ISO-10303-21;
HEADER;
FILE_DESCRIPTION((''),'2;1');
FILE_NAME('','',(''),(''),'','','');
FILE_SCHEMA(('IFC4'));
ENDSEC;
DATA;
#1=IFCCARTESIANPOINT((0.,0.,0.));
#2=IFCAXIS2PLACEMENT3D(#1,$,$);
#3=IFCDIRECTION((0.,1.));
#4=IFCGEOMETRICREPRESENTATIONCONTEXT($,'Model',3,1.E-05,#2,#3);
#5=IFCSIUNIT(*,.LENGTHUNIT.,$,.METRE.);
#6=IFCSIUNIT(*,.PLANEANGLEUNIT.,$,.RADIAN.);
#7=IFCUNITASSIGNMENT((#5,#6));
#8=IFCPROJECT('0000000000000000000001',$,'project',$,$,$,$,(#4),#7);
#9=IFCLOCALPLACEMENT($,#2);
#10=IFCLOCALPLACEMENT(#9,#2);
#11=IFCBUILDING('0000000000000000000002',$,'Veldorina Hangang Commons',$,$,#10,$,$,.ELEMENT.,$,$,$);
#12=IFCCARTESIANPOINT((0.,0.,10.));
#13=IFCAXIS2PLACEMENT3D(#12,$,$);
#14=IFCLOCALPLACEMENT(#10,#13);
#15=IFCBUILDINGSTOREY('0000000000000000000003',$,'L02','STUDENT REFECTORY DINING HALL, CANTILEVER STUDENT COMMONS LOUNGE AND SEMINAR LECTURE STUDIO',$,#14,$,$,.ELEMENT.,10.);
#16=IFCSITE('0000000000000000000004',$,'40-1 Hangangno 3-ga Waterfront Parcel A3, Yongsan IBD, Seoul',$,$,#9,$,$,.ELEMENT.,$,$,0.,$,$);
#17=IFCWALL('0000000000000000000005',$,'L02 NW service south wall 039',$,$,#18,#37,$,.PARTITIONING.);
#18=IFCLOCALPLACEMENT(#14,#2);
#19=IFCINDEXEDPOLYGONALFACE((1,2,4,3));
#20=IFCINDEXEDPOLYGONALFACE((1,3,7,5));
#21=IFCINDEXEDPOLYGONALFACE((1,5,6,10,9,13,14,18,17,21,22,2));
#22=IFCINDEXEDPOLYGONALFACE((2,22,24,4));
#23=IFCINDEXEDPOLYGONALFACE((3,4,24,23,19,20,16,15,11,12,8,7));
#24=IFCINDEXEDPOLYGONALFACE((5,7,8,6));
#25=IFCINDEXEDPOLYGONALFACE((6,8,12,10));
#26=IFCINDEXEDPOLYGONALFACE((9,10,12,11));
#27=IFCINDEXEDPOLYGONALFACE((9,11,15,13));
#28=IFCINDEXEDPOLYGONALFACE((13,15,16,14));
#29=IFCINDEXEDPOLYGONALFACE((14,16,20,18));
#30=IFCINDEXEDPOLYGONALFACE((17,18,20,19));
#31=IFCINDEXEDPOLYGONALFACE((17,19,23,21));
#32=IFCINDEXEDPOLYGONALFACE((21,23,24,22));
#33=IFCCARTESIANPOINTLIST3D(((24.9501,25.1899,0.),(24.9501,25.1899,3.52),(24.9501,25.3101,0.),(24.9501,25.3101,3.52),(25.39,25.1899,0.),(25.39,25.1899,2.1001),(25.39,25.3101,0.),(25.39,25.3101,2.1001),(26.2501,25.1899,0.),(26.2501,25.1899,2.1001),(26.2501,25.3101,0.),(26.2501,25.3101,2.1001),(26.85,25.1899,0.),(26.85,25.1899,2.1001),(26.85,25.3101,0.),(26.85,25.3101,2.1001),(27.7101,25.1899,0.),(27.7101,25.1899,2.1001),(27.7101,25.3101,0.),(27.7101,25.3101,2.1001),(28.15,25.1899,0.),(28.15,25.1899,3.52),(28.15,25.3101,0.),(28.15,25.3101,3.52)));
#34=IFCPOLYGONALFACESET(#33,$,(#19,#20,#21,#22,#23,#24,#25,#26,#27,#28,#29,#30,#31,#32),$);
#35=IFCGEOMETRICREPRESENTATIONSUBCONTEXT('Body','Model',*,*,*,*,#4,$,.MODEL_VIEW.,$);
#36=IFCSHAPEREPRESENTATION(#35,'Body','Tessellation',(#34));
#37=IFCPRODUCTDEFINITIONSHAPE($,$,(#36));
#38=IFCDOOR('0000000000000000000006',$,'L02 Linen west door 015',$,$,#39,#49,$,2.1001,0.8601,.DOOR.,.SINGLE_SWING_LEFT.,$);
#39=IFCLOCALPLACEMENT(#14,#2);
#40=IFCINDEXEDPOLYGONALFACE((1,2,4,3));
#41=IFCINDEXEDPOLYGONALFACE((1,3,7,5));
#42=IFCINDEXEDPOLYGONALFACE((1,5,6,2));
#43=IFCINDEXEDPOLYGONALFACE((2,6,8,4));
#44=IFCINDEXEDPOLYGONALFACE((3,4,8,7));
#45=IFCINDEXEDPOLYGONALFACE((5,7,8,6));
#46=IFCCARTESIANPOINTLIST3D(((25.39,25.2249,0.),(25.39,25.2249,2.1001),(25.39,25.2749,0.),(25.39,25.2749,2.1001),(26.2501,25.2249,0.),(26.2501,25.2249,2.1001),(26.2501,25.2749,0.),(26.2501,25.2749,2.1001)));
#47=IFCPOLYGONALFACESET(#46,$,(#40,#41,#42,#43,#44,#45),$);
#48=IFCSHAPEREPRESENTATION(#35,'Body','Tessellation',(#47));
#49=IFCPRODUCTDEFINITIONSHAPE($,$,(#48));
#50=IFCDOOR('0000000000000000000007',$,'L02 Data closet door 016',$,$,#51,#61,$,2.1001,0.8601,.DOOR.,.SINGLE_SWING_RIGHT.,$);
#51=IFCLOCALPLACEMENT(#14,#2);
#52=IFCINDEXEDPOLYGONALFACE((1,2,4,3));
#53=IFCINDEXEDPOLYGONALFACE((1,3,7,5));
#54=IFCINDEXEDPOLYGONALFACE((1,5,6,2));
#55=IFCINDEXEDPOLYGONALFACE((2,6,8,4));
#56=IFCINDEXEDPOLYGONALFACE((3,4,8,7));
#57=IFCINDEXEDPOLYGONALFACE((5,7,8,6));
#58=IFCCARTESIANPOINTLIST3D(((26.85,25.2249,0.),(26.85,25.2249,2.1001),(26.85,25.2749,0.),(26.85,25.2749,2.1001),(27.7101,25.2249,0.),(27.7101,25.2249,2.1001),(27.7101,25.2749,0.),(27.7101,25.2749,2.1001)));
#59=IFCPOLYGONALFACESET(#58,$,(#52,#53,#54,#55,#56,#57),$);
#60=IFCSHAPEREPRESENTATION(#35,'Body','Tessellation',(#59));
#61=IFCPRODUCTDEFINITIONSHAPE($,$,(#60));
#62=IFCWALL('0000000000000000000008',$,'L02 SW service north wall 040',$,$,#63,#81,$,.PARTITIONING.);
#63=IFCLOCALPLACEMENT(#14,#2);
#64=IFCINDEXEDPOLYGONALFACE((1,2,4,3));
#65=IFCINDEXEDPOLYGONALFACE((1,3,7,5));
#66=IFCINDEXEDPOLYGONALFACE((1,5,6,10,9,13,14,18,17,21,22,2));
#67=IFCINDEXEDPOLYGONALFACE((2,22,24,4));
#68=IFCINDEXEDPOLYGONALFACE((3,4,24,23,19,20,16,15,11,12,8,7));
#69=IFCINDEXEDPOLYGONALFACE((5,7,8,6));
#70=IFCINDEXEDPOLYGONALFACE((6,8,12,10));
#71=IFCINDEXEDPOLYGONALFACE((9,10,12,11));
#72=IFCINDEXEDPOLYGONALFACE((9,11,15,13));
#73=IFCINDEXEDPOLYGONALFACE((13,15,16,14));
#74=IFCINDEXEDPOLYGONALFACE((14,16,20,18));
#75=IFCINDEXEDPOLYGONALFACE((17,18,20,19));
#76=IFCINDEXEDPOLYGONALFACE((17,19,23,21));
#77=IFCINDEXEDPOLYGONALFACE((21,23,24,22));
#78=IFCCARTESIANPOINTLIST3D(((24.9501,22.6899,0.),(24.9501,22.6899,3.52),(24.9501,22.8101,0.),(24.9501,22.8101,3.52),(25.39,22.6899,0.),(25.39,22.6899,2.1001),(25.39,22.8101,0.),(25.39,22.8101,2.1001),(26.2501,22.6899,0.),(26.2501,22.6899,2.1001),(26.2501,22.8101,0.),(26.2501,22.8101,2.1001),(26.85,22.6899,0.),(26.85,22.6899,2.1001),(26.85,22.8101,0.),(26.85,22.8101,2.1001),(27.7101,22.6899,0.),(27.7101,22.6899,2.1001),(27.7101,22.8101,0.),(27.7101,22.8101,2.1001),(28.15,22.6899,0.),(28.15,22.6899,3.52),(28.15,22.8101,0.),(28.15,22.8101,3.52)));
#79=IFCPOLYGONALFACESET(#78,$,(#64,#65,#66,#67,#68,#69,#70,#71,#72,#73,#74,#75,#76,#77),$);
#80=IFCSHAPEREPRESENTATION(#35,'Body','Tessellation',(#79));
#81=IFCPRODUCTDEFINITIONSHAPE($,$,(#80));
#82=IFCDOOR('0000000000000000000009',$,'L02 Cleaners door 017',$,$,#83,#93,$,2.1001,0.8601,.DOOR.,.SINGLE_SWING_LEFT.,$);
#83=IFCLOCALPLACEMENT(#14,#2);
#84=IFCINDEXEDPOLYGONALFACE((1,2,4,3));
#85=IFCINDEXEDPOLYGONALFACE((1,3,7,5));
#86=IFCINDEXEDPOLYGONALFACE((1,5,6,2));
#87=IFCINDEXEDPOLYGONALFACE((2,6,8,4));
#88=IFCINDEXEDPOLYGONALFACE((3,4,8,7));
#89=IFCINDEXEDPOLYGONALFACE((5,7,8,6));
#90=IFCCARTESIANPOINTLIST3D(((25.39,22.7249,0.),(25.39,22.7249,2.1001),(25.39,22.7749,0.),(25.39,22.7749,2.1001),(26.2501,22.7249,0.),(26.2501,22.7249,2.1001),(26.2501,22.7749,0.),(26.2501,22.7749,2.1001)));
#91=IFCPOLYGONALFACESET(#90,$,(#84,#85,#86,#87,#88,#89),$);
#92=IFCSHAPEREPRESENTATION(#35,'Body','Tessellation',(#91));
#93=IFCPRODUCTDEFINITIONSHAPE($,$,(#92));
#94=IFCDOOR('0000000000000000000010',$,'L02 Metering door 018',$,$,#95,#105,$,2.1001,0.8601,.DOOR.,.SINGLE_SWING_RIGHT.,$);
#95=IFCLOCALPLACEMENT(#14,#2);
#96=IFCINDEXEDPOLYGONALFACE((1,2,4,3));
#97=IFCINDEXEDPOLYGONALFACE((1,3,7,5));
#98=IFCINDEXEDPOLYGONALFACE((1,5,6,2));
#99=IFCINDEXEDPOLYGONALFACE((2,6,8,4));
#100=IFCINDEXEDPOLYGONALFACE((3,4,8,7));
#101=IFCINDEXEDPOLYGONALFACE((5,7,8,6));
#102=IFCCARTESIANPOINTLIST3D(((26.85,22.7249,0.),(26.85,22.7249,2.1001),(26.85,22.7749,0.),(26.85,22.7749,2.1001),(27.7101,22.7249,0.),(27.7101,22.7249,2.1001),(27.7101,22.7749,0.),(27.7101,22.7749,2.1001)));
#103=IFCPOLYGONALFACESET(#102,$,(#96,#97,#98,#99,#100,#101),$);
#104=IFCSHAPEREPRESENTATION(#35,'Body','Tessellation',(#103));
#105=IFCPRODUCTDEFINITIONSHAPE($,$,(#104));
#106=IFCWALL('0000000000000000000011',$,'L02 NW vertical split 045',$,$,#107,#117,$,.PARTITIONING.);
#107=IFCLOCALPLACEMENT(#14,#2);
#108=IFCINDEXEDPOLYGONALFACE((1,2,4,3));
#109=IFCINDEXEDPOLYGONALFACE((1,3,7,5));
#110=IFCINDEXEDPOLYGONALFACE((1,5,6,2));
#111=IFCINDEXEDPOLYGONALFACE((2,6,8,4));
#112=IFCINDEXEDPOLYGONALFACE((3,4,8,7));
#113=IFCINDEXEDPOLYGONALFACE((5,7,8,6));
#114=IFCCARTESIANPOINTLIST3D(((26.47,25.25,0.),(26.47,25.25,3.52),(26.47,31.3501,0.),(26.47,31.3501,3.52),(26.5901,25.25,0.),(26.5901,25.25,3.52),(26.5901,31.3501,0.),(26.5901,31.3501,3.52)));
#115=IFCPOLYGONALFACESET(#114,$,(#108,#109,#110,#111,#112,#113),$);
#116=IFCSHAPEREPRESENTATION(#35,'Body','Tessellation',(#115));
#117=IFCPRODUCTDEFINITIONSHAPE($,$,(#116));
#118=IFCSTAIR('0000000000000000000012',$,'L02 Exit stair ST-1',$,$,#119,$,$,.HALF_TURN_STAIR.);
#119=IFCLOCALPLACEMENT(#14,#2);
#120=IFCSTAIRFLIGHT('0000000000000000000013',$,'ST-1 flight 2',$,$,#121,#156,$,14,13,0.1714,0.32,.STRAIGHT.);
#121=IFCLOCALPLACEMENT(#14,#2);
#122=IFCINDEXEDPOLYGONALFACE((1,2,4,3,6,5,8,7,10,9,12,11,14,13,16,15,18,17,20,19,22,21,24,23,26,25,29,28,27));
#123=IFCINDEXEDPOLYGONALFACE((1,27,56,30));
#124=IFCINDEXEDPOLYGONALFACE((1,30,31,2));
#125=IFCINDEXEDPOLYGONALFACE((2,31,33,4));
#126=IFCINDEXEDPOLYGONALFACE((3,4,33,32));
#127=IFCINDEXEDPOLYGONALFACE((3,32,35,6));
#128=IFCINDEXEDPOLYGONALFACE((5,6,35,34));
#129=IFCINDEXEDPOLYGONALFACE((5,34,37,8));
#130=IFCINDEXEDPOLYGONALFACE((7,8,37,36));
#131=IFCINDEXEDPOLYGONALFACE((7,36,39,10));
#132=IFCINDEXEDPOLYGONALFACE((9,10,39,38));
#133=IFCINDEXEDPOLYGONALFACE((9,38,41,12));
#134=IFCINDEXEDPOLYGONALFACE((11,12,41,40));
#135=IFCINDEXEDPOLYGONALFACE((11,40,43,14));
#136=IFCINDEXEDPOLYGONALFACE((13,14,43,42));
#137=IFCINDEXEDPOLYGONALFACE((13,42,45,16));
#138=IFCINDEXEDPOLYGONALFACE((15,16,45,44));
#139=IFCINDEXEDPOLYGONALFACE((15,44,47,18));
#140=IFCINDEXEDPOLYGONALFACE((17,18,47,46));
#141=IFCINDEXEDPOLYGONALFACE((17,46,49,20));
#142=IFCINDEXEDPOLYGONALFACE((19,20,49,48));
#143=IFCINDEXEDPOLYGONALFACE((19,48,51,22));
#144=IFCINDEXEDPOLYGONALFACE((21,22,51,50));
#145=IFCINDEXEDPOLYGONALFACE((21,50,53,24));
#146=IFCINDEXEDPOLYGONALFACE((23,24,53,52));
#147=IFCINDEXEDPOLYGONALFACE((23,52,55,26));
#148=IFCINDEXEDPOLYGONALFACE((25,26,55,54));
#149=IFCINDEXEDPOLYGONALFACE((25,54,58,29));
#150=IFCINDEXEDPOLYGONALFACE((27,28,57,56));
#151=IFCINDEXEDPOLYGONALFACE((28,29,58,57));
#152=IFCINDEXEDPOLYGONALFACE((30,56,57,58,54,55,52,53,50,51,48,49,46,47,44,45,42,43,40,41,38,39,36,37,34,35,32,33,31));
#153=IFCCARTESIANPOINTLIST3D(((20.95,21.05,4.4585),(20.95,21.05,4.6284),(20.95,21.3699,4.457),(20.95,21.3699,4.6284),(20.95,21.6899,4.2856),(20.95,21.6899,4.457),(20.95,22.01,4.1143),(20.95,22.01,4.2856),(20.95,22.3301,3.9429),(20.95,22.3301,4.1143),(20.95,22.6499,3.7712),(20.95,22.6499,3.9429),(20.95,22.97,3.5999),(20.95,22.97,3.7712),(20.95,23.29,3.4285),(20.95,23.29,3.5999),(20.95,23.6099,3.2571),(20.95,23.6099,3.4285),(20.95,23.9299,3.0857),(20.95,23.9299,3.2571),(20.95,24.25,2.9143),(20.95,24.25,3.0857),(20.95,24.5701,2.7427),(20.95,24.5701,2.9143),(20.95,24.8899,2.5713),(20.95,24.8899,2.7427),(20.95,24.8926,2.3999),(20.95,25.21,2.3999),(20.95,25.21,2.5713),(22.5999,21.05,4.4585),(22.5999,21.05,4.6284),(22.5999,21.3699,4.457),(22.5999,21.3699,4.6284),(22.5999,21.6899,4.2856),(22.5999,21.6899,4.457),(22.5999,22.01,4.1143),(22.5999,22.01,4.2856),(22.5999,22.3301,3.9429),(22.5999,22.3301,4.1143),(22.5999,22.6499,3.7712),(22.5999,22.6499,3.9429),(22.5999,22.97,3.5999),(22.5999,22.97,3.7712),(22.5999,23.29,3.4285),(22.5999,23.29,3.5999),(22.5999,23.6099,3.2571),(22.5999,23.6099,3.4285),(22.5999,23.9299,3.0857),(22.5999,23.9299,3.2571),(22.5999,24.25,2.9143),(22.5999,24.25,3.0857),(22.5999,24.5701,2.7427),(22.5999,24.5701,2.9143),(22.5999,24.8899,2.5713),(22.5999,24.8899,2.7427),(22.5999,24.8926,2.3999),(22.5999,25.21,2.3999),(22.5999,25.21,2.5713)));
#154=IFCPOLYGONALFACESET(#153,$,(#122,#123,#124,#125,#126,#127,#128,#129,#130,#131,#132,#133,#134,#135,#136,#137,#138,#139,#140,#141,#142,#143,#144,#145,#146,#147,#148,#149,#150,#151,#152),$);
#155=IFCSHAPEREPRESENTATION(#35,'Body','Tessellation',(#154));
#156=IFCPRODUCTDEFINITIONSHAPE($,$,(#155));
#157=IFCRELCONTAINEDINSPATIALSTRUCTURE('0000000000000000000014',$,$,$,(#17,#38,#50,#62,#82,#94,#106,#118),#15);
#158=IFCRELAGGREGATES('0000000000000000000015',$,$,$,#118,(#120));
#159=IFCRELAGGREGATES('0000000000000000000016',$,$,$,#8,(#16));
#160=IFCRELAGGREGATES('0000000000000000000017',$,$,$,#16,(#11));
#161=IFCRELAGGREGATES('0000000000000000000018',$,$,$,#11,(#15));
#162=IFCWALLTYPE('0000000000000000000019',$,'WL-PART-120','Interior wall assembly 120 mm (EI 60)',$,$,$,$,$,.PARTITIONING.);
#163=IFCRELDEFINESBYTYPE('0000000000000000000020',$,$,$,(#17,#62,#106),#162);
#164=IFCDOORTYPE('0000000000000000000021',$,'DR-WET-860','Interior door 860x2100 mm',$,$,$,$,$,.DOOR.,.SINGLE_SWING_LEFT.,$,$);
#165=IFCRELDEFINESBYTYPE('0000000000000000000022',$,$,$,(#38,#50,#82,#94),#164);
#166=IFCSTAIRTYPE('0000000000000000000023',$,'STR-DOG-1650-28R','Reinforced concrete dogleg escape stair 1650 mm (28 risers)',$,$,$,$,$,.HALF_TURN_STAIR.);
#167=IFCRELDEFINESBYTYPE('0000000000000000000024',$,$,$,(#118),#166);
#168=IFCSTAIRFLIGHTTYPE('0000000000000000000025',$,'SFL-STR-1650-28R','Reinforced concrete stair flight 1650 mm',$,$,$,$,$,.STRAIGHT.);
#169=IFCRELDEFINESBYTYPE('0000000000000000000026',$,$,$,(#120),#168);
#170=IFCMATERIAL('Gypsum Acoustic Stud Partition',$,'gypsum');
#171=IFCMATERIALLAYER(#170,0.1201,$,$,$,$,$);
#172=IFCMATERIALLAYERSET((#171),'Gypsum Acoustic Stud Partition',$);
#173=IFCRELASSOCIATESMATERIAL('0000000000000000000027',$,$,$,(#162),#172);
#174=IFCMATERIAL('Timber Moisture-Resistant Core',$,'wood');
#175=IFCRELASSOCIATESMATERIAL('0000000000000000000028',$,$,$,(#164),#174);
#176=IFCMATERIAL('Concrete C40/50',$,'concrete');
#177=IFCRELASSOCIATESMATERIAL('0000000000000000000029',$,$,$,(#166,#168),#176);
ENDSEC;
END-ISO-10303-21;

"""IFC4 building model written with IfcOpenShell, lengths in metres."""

from ifc_helpers import new_model, si_unit, direction, frame, frame_2d, origin, place, context, subcontext, project, spatial, polyline, rectangle, outline, extrude, material, layer, layer_set, type_object, element, fill, aggregate, save


model = new_model("IFC4")

# Units and contexts
model_context = context("Model", 3, precision=1e-05, world=origin(), true_north=direction((0.0, 1.0)))
body_context = subcontext(model_context, "Body", "Model", "MODEL_VIEW")
ifc_project = project(units=[si_unit("LENGTHUNIT", "METRE"), si_unit("PLANEANGLEUNIT", "RADIAN")], contexts=[model_context])

# Site, building, storey
site_placement = place(None, origin())
site = spatial("IfcSite", under=ifc_project, at=site_placement, Name="40-1 Hangangno 3-ga Waterfront Parcel A3, Yongsan IBD, Seoul", CompositionType="ELEMENT", RefElevation=0.0)
building_placement = place(site_placement, origin())
building = spatial("IfcBuilding", under=site, at=building_placement, Name="Veldorina Hangang Commons", CompositionType="ELEMENT")
storey_placement = place(building_placement, frame((0.0, 0.0, 10.0)))
storey = spatial("IfcBuildingStorey", under=building, at=storey_placement, Name="L02", Description="STUDENT REFECTORY DINING HALL, CANTILEVER STUDENT COMMONS LOUNGE AND SEMINAR LECTURE STUDIO", CompositionType="ELEMENT", Elevation=10.0)

# Walls, openings, doors
ifc_material_1 = material(Name="Gypsum Acoustic Stud Partition", Category="gypsum")
ifc_layer_1 = layer(ifc_material_1, 0.1201)
ifc_layer_set_1 = layer_set([ifc_layer_1], Name="Gypsum Acoustic Stud Partition")
wall_type_1 = type_object("IfcWallType", Name="WL-PART-120", Description="Interior wall assembly 120 mm (EI 60)", PredefinedType="PARTITIONING", material=ifc_layer_set_1)
wall_1_placement = place(storey_placement, frame((24.95, 25.25, 0.0), z_axis=(0.0, 0.0, 1.0), x_axis=(1.0, 0.0, 0.0)))
wall_1 = element("IfcWall", 1, at=wall_1_placement, inside=storey, type_object=wall_type_1, Name="L02 NW service south wall 039", PredefinedType="PARTITIONING", context=body_context, shape_type="SweptSolid", body=[
    extrude(rectangle(XDim=3.2, YDim=0.1201, at=frame_2d((1.6001, 0.0))), origin(), (0.0, 0.0, 1.0), 3.52),
])
opening_1_placement = place(wall_1_placement, frame((0.4399, 0.0, 0.0)))
opening_1 = element("IfcOpeningElement", 2, at=opening_1_placement, cuts=wall_1, PredefinedType="OPENING", context=body_context, shape_type="SweptSolid", body=[
    extrude(rectangle(XDim=0.8601, YDim=2.1001, at=frame_2d((0.4302, 1.05))), frame((0.0, 0.0701, 0.0), z_axis=(0.0, -1.0, 0.0), x_axis=(1.0, 0.0, 0.0)), (0.0, 0.0, 1.0), 0.1401),
])
opening_2_placement = place(wall_1_placement, frame((1.8999, 0.0, 0.0)))
opening_2 = element("IfcOpeningElement", 3, at=opening_2_placement, cuts=wall_1, PredefinedType="OPENING", context=body_context, shape_type="SweptSolid", body=[
    extrude(rectangle(XDim=0.8601, YDim=2.1001, at=frame_2d((0.4302, 1.05))), frame((0.0, 0.0701, 0.0), z_axis=(0.0, -1.0, 0.0), x_axis=(1.0, 0.0, 0.0)), (0.0, 0.0, 1.0), 0.1401),
])
ifc_material_2 = material(Name="Timber Moisture-Resistant Core", Category="wood")
door_type_1 = type_object("IfcDoorType", Name="DR-WET-860", Description="Interior door 860x2100 mm", OperationType="SINGLE_SWING_LEFT", PredefinedType="DOOR", material=ifc_material_2)
door_1_placement = place(opening_1_placement, origin())
door_1 = element("IfcDoor", 4, at=door_1_placement, inside=storey, type_object=door_type_1, Name="L02 Linen west door 015", OperationType="SINGLE_SWING_LEFT", OverallHeight=2.1001, OverallWidth=0.8601, PredefinedType="DOOR", context=body_context, shape_type="SweptSolid", body=[
    extrude(rectangle(XDim=0.8601, YDim=2.1001, at=frame_2d((0.4302, 1.05))), frame((0.0, 0.0249, 0.0), z_axis=(0.0, -1.0, 0.0), x_axis=(1.0, 0.0, 0.0)), (0.0, 0.0, 1.0), 0.05),
])
fill(opening_1, door_1)
door_2_placement = place(opening_2_placement, origin())
door_2 = element("IfcDoor", 5, at=door_2_placement, inside=storey, type_object=door_type_1, Name="L02 Data closet door 016", OperationType="SINGLE_SWING_RIGHT", OverallHeight=2.1001, OverallWidth=0.8601, PredefinedType="DOOR", context=body_context, shape_type="SweptSolid", body=[
    extrude(rectangle(XDim=0.8601, YDim=2.1001, at=frame_2d((0.4302, 1.05))), frame((0.0, 0.0249, 0.0), z_axis=(0.0, -1.0, 0.0), x_axis=(1.0, 0.0, 0.0)), (0.0, 0.0, 1.0), 0.05),
])
fill(opening_2, door_2)
wall_2_placement = place(storey_placement, frame((24.95, 22.75, 0.0), z_axis=(0.0, 0.0, 1.0), x_axis=(1.0, 0.0, 0.0)))
wall_2 = element("IfcWall", 6, at=wall_2_placement, inside=storey, type_object=wall_type_1, Name="L02 SW service north wall 040", PredefinedType="PARTITIONING", context=body_context, shape_type="SweptSolid", body=[
    extrude(rectangle(XDim=3.2, YDim=0.1201, at=frame_2d((1.6001, 0.0))), origin(), (0.0, 0.0, 1.0), 3.52),
])
opening_3_placement = place(wall_2_placement, frame((0.4399, 0.0, 0.0)))
opening_3 = element("IfcOpeningElement", 7, at=opening_3_placement, cuts=wall_2, PredefinedType="OPENING", context=body_context, shape_type="SweptSolid", body=[
    extrude(rectangle(XDim=0.8601, YDim=2.1001, at=frame_2d((0.4302, 1.05))), frame((0.0, 0.0701, 0.0), z_axis=(0.0, -1.0, 0.0), x_axis=(1.0, 0.0, 0.0)), (0.0, 0.0, 1.0), 0.1401),
])
opening_4_placement = place(wall_2_placement, frame((1.8999, 0.0, 0.0)))
opening_4 = element("IfcOpeningElement", 8, at=opening_4_placement, cuts=wall_2, PredefinedType="OPENING", context=body_context, shape_type="SweptSolid", body=[
    extrude(rectangle(XDim=0.8601, YDim=2.1001, at=frame_2d((0.4302, 1.05))), frame((0.0, 0.0701, 0.0), z_axis=(0.0, -1.0, 0.0), x_axis=(1.0, 0.0, 0.0)), (0.0, 0.0, 1.0), 0.1401),
])
door_3_placement = place(opening_3_placement, origin())
door_3 = element("IfcDoor", 9, at=door_3_placement, inside=storey, type_object=door_type_1, Name="L02 Cleaners door 017", OperationType="SINGLE_SWING_LEFT", OverallHeight=2.1001, OverallWidth=0.8601, PredefinedType="DOOR", context=body_context, shape_type="SweptSolid", body=[
    extrude(rectangle(XDim=0.8601, YDim=2.1001, at=frame_2d((0.4302, 1.05))), frame((0.0, 0.0249, 0.0), z_axis=(0.0, -1.0, 0.0), x_axis=(1.0, 0.0, 0.0)), (0.0, 0.0, 1.0), 0.05),
])
fill(opening_3, door_3)
door_4_placement = place(opening_4_placement, origin())
door_4 = element("IfcDoor", 10, at=door_4_placement, inside=storey, type_object=door_type_1, Name="L02 Metering door 018", OperationType="SINGLE_SWING_RIGHT", OverallHeight=2.1001, OverallWidth=0.8601, PredefinedType="DOOR", context=body_context, shape_type="SweptSolid", body=[
    extrude(rectangle(XDim=0.8601, YDim=2.1001, at=frame_2d((0.4302, 1.05))), frame((0.0, 0.0249, 0.0), z_axis=(0.0, -1.0, 0.0), x_axis=(1.0, 0.0, 0.0)), (0.0, 0.0, 1.0), 0.05),
])
fill(opening_4, door_4)

# Wall
wall_3_placement = place(storey_placement, frame((26.53, 25.25, 0.0), z_axis=(0.0, 0.0, 1.0), x_axis=(0.0, 1.0, 0.0)))
element("IfcWall", 11, at=wall_3_placement, inside=storey, type_object=wall_type_1, Name="L02 NW vertical split 045", PredefinedType="PARTITIONING", context=body_context, shape_type="SweptSolid", body=[
    extrude(rectangle(XDim=6.1001, YDim=0.1201, at=frame_2d((3.05, 0.0))), origin(), (0.0, 0.0, 1.0), 3.52),
])

# Stair, stair flight
ifc_material_3 = material(Name="Concrete C40/50", Category="concrete")
stair_type = type_object("IfcStairType", Name="STR-DOG-1650-28R", Description="Reinforced concrete dogleg escape stair 1650 mm (28 risers)", PredefinedType="HALF_TURN_STAIR", material=ifc_material_3)
stair_placement = place(storey_placement, origin())
stair = element("IfcStair", 12, at=stair_placement, inside=storey, type_object=stair_type, Name="L02 Exit stair ST-1", PredefinedType="HALF_TURN_STAIR")
stair_flight_type = type_object("IfcStairFlightType", Name="SFL-STR-1650-28R", Description="Reinforced concrete stair flight 1650 mm", PredefinedType="STRAIGHT", material=ifc_material_3)
stair_flight_placement = place(storey_placement, frame((21.7749, 25.21, 2.3999), z_axis=(0.0, 0.0, 1.0), x_axis=(0.0, -1.0, 0.0)))
stair_flight = element("IfcStairFlight", 13, at=stair_flight_placement, type_object=stair_flight_type, Name="ST-1 flight 2", NumberOfRisers=14, NumberOfTreads=13, PredefinedType="STRAIGHT", RiserHeight=0.1714, TreadLength=0.32, context=body_context, shape_type="SweptSolid", body=[
    extrude(outline(polyline([(0.0, 0.0), (0.0, 0.1714), (0.3201, 0.1714), (0.3201, 0.3428), (0.6399, 0.3428), (0.6399, 0.5144), (0.96, 0.5144), (0.96, 0.6858), (1.28, 0.6858), (1.28, 0.8572), (1.6001, 0.8572), (1.6001, 1.0286), (1.9199, 1.0286), (1.9199, 1.2), (2.24, 1.2), (2.24, 1.3713), (2.5601, 1.3713), (2.5601, 1.543), (2.8799, 1.543), (2.8799, 1.7144), (3.2, 1.7144), (3.2, 1.8857), (3.52, 1.8857), (3.52, 2.0571), (3.8401, 2.0571), (3.8401, 2.2285), (4.1599, 2.2285), (4.1599, 2.3999), (4.1599, 2.0586), (0.3174, 0.0), (0.0, 0.0)])), frame((0.0, 0.825, 0.0), z_axis=(0.0, -1.0, 0.0), x_axis=(1.0, 0.0, 0.0)), (0.0, 0.0, 1.0), 1.6499),
])
aggregate(stair, [stair_flight])

save(model, "model.ifc")
